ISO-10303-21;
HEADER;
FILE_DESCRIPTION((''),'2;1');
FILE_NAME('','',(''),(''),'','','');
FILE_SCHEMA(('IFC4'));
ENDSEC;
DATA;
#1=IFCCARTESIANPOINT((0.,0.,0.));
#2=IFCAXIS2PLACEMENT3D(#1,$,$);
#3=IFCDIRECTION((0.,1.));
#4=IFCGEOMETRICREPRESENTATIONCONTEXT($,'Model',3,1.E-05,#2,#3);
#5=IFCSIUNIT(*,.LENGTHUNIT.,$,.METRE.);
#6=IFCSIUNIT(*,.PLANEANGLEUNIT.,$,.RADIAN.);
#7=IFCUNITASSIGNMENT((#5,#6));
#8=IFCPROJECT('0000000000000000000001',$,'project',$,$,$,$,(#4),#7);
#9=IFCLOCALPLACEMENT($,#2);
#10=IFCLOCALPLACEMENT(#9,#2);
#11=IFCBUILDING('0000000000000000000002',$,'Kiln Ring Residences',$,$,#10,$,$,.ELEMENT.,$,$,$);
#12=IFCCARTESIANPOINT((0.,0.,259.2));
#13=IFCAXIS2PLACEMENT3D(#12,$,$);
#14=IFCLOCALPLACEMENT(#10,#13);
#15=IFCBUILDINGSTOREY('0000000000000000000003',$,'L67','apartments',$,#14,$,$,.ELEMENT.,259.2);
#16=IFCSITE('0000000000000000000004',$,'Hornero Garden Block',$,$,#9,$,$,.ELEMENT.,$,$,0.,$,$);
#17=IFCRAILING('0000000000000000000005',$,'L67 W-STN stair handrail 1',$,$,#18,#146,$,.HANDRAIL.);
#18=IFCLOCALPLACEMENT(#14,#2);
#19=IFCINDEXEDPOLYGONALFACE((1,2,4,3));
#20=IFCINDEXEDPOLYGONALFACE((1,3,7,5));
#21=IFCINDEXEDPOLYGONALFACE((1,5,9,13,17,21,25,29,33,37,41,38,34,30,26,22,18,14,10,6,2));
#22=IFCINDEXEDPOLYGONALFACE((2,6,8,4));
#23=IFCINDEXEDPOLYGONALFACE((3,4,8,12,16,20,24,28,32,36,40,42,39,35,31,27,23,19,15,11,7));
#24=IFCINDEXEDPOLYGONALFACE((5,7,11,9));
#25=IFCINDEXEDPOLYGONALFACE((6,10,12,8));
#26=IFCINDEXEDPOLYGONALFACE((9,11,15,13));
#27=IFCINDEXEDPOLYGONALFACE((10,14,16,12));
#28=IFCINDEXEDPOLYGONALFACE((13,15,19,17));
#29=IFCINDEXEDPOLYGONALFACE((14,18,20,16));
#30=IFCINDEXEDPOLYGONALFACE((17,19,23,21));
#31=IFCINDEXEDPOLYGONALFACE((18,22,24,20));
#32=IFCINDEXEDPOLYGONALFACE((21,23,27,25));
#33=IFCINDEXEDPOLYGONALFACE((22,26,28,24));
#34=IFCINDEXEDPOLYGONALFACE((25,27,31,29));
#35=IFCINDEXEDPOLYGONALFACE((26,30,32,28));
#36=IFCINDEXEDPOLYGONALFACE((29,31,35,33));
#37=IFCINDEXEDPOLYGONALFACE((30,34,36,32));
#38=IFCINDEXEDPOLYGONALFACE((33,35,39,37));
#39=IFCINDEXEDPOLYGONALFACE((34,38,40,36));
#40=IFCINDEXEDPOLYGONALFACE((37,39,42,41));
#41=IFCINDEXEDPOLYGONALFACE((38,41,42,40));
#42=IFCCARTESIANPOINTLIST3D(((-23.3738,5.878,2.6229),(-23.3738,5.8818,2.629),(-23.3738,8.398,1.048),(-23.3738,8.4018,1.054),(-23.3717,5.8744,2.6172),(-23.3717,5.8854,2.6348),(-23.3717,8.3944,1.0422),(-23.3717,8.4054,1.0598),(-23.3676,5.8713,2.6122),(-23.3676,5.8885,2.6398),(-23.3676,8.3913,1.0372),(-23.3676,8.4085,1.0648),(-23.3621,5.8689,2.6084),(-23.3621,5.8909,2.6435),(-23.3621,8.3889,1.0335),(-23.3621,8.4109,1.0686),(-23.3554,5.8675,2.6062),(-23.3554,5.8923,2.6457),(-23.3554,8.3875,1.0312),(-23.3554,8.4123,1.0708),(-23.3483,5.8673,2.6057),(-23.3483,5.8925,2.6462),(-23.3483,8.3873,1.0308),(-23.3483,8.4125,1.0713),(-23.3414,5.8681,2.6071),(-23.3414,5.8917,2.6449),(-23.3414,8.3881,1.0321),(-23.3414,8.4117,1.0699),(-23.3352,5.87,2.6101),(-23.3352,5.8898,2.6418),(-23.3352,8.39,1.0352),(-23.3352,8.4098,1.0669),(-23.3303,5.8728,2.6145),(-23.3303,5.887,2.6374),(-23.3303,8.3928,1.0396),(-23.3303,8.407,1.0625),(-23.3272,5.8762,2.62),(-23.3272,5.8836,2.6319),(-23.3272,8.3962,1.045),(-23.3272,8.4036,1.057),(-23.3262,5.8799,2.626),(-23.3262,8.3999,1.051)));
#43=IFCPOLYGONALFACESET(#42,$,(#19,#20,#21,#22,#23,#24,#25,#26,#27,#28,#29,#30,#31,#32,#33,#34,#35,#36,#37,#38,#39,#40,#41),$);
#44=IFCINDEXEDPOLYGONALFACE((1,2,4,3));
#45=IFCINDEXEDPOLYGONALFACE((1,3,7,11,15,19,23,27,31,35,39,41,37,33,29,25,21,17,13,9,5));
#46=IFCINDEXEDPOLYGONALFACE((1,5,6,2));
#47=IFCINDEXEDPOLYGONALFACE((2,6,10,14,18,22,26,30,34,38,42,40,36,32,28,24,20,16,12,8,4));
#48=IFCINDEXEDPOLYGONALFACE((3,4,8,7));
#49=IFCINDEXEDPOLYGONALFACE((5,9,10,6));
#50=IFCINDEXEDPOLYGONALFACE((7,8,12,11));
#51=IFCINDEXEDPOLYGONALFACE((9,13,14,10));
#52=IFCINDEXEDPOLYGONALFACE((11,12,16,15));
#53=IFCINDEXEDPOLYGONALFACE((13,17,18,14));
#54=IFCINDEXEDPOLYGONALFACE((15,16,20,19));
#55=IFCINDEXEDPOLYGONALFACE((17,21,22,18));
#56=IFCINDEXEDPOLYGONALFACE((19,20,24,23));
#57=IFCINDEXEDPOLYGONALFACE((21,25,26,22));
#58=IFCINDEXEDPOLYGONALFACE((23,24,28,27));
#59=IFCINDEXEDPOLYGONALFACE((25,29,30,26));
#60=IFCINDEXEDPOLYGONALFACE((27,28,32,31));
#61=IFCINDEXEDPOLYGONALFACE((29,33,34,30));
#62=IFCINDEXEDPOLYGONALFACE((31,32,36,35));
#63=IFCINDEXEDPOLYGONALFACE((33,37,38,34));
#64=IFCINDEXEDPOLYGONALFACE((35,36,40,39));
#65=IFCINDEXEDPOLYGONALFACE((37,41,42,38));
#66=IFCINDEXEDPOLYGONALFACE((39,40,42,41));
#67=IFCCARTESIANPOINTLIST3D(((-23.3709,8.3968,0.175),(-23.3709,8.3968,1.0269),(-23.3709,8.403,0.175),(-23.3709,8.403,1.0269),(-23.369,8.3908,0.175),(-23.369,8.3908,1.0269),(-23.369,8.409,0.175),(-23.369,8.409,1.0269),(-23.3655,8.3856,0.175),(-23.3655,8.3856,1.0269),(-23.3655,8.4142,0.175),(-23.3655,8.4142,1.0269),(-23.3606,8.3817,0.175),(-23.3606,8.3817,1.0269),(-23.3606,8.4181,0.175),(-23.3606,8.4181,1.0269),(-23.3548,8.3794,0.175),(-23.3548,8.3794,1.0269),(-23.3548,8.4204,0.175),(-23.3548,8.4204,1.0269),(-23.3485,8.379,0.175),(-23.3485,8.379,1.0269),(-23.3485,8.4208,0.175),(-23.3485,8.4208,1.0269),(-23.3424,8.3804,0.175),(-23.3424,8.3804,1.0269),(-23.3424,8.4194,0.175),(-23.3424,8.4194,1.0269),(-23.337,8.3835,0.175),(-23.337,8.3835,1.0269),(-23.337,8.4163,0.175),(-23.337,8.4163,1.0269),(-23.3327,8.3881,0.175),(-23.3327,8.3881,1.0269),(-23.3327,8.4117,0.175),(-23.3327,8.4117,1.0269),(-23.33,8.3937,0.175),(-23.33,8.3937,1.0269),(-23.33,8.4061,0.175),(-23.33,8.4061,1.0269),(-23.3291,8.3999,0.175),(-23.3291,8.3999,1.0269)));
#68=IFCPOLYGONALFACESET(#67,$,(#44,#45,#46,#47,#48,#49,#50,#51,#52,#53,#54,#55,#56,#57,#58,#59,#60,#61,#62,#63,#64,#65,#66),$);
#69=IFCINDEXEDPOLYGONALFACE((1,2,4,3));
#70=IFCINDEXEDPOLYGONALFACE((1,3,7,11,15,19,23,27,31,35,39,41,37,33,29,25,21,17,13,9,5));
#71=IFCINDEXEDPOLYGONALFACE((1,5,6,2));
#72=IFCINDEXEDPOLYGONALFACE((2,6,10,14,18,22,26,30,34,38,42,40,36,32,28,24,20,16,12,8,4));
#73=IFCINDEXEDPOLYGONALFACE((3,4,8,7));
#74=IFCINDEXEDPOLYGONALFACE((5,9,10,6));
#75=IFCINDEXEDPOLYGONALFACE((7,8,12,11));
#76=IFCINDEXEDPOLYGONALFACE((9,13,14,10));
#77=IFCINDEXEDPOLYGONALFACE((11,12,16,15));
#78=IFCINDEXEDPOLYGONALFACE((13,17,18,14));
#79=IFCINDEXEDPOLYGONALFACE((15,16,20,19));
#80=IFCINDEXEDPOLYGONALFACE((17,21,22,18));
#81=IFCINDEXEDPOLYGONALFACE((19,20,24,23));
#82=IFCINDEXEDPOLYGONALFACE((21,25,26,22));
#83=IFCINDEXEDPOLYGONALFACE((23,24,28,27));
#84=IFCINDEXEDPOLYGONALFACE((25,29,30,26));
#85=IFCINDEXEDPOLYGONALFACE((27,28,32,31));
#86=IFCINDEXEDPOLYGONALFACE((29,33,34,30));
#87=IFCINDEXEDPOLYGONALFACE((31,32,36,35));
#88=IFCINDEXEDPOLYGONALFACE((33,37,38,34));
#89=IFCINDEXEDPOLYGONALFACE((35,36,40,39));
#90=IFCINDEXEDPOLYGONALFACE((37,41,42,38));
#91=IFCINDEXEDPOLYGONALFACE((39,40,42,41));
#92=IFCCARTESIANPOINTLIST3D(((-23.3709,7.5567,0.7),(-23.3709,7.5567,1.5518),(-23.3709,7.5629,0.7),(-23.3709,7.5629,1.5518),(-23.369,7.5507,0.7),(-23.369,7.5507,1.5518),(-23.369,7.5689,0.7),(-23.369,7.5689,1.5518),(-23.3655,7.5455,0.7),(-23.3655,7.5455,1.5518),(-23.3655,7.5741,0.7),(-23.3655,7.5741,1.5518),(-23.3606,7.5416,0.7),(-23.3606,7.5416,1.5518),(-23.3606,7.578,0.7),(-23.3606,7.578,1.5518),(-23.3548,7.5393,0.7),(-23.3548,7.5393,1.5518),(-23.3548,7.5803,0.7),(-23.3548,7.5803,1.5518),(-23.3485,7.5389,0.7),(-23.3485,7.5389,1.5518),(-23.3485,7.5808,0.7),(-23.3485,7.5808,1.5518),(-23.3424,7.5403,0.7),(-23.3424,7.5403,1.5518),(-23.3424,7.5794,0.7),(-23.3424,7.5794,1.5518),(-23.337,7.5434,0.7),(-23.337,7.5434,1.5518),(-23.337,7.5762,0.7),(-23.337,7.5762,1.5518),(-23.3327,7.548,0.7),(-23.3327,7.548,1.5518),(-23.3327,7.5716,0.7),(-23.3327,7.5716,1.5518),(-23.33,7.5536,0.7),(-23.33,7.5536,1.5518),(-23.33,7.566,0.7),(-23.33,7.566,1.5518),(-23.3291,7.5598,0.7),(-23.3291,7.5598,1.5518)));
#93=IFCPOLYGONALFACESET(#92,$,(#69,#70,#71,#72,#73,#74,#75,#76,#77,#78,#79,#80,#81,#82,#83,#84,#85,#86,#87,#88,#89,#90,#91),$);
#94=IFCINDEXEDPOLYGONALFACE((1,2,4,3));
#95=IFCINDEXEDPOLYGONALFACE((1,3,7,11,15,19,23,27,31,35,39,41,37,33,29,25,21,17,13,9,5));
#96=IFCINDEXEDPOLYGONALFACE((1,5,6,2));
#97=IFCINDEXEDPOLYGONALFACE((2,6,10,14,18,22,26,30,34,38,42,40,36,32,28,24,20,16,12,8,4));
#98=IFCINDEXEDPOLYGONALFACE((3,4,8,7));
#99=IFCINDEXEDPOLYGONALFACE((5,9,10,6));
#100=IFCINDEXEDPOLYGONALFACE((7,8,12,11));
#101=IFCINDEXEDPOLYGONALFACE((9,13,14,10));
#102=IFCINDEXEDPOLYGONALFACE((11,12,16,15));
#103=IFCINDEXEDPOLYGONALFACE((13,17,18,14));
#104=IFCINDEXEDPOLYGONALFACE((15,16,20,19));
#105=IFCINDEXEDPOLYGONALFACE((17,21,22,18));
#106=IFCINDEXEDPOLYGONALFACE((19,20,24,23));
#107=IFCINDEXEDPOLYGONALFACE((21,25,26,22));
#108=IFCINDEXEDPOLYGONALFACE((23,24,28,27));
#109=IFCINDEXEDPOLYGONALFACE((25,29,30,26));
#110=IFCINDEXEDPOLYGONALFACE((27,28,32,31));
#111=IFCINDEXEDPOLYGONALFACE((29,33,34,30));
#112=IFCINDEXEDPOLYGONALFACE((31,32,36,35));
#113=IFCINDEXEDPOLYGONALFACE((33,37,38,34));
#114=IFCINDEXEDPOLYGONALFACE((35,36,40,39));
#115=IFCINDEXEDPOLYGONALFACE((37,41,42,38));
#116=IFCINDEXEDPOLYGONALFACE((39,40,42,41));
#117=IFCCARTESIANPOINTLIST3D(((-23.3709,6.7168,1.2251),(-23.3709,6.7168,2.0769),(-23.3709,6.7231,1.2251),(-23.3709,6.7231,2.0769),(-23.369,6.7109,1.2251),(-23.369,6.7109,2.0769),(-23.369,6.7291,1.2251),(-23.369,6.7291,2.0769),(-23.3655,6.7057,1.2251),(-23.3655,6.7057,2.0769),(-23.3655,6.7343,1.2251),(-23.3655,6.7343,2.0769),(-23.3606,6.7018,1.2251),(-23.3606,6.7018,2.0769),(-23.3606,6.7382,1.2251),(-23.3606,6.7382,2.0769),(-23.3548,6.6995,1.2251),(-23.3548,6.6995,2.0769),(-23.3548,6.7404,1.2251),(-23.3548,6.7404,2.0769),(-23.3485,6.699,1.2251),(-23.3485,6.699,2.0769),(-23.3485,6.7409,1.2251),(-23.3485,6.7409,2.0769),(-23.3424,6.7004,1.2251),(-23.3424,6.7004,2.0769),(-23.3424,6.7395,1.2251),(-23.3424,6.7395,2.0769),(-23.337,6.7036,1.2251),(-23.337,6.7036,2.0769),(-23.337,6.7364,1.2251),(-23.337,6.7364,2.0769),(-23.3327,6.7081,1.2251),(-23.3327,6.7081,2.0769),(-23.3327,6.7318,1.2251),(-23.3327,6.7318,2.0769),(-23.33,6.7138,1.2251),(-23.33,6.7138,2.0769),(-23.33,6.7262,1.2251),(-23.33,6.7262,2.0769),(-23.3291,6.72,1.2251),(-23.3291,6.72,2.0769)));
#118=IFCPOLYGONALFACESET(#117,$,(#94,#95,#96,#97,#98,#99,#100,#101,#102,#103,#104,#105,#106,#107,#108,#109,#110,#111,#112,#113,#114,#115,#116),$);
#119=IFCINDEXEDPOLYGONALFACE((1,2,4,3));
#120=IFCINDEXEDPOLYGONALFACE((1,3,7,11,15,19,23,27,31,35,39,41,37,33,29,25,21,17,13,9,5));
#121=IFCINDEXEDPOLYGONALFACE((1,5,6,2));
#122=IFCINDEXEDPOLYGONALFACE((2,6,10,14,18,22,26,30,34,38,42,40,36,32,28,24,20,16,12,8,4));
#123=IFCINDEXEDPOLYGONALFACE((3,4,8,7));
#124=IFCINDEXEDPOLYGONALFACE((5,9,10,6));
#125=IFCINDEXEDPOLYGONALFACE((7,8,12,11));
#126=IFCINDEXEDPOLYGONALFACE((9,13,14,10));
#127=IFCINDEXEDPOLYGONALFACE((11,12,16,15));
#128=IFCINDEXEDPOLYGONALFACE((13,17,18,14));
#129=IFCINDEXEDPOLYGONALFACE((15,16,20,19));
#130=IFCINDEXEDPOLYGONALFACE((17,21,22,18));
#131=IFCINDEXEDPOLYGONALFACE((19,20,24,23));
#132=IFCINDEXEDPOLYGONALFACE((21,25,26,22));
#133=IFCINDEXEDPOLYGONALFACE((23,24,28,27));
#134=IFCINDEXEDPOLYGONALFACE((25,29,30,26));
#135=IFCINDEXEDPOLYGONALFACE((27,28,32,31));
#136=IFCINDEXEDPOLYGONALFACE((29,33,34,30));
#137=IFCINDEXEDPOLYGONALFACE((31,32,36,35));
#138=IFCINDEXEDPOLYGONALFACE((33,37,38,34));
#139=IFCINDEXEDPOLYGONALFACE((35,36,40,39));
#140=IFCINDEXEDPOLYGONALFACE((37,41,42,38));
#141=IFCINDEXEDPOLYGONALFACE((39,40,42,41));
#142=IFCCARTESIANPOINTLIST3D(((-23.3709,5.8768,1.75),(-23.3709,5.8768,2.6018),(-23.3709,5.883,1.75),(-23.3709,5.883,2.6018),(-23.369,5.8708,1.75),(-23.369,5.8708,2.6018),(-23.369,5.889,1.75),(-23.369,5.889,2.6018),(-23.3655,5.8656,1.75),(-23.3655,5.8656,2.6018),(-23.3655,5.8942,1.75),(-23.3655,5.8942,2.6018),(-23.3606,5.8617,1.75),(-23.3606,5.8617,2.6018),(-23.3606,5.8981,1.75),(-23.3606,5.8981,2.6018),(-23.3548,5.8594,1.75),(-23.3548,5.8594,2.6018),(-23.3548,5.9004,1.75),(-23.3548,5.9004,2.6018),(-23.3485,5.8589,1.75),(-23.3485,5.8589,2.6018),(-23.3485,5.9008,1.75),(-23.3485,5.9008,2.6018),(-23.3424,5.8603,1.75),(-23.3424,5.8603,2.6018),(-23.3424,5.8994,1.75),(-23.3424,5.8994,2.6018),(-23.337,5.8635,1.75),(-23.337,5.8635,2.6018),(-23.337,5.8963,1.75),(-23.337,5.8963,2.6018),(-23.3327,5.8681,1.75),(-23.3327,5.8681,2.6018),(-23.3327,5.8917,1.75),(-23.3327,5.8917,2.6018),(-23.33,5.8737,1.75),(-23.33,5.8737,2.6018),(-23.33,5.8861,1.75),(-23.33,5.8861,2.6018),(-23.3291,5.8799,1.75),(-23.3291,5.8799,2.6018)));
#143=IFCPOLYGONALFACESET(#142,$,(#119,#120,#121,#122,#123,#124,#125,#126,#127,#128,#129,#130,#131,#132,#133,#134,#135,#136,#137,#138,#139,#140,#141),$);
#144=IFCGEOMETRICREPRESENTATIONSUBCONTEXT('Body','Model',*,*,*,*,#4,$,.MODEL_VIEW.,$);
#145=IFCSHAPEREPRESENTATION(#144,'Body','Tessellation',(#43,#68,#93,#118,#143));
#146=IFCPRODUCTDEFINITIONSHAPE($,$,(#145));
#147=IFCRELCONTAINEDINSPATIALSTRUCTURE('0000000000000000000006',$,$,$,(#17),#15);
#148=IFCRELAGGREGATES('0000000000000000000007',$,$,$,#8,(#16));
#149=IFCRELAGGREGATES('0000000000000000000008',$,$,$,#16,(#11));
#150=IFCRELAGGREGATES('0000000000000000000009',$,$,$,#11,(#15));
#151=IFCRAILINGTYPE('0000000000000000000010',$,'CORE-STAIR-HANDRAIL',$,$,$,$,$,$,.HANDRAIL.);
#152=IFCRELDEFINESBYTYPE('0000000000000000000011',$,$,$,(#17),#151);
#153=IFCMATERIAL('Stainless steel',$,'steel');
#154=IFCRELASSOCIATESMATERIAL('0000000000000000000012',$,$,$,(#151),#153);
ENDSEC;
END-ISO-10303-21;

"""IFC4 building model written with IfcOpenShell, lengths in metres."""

from ifc_helpers import new_model, si_unit, direction, frame, origin, origin_2d, place, context, subcontext, project, spatial, circle, extrude, material, type_object, element, save


model = new_model("IFC4")

# Units and contexts
model_context = context("Model", 3, precision=1e-05, world=origin(), true_north=direction((0.0, 1.0)))
body_context = subcontext(model_context, "Body", "Model", "MODEL_VIEW")
ifc_project = project(units=[si_unit("LENGTHUNIT", "METRE"), si_unit("PLANEANGLEUNIT", "RADIAN")], contexts=[model_context])

# Site, building, storey
site_placement = place(None, origin())
site = spatial("IfcSite", under=ifc_project, at=site_placement, Name="Hornero Garden Block", CompositionType="ELEMENT", RefElevation=0.0)
building_placement = place(site_placement, origin())
building = spatial("IfcBuilding", under=site, at=building_placement, Name="Kiln Ring Residences", CompositionType="ELEMENT")
storey_placement = place(building_placement, frame((0.0, 0.0, 259.2)))
storey = spatial("IfcBuildingStorey", under=building, at=storey_placement, Name="L67", Description="apartments", CompositionType="ELEMENT", Elevation=259.2)

# Railing
ifc_material_1 = material(Name="Stainless steel", Category="steel")
railing_type_1 = type_object("IfcRailingType", Name="CORE-STAIR-HANDRAIL", PredefinedType="HANDRAIL", material=ifc_material_1)
railing_1_placement = place(storey_placement, frame((-23.3501, 8.3999, 0.175)))
element("IfcRailing", 1, at=railing_1_placement, inside=storey, type_object=railing_type_1, Name="L67 W-STN stair handrail 1", PredefinedType="HANDRAIL", context=body_context, shape_type="SweptSolid", body=[
    extrude(circle(Radius=0.0239, at=origin_2d()), frame((0.0, 0.0, 0.876), z_axis=(0.0, -0.848008, 0.529984), x_axis=(1.0, 0.0, 0.0)), (0.0, 0.0, 1.0), 2.9717),
    extrude(circle(Radius=0.021, at=origin_2d()), origin(), (0.0, 0.0, 1.0), 0.8518),
    extrude(circle(Radius=0.021, at=origin_2d()), frame((0.0, -0.8401, 0.5249)), (0.0, 0.0, 1.0), 0.8518),
    extrude(circle(Radius=0.021, at=origin_2d()), frame((0.0, -1.6799, 1.05)), (0.0, 0.0, 1.0), 0.8518),
    extrude(circle(Radius=0.021, at=origin_2d()), frame((0.0, -2.52, 1.575)), (0.0, 0.0, 1.0), 0.8518),
])

save(model, "model.ifc")
